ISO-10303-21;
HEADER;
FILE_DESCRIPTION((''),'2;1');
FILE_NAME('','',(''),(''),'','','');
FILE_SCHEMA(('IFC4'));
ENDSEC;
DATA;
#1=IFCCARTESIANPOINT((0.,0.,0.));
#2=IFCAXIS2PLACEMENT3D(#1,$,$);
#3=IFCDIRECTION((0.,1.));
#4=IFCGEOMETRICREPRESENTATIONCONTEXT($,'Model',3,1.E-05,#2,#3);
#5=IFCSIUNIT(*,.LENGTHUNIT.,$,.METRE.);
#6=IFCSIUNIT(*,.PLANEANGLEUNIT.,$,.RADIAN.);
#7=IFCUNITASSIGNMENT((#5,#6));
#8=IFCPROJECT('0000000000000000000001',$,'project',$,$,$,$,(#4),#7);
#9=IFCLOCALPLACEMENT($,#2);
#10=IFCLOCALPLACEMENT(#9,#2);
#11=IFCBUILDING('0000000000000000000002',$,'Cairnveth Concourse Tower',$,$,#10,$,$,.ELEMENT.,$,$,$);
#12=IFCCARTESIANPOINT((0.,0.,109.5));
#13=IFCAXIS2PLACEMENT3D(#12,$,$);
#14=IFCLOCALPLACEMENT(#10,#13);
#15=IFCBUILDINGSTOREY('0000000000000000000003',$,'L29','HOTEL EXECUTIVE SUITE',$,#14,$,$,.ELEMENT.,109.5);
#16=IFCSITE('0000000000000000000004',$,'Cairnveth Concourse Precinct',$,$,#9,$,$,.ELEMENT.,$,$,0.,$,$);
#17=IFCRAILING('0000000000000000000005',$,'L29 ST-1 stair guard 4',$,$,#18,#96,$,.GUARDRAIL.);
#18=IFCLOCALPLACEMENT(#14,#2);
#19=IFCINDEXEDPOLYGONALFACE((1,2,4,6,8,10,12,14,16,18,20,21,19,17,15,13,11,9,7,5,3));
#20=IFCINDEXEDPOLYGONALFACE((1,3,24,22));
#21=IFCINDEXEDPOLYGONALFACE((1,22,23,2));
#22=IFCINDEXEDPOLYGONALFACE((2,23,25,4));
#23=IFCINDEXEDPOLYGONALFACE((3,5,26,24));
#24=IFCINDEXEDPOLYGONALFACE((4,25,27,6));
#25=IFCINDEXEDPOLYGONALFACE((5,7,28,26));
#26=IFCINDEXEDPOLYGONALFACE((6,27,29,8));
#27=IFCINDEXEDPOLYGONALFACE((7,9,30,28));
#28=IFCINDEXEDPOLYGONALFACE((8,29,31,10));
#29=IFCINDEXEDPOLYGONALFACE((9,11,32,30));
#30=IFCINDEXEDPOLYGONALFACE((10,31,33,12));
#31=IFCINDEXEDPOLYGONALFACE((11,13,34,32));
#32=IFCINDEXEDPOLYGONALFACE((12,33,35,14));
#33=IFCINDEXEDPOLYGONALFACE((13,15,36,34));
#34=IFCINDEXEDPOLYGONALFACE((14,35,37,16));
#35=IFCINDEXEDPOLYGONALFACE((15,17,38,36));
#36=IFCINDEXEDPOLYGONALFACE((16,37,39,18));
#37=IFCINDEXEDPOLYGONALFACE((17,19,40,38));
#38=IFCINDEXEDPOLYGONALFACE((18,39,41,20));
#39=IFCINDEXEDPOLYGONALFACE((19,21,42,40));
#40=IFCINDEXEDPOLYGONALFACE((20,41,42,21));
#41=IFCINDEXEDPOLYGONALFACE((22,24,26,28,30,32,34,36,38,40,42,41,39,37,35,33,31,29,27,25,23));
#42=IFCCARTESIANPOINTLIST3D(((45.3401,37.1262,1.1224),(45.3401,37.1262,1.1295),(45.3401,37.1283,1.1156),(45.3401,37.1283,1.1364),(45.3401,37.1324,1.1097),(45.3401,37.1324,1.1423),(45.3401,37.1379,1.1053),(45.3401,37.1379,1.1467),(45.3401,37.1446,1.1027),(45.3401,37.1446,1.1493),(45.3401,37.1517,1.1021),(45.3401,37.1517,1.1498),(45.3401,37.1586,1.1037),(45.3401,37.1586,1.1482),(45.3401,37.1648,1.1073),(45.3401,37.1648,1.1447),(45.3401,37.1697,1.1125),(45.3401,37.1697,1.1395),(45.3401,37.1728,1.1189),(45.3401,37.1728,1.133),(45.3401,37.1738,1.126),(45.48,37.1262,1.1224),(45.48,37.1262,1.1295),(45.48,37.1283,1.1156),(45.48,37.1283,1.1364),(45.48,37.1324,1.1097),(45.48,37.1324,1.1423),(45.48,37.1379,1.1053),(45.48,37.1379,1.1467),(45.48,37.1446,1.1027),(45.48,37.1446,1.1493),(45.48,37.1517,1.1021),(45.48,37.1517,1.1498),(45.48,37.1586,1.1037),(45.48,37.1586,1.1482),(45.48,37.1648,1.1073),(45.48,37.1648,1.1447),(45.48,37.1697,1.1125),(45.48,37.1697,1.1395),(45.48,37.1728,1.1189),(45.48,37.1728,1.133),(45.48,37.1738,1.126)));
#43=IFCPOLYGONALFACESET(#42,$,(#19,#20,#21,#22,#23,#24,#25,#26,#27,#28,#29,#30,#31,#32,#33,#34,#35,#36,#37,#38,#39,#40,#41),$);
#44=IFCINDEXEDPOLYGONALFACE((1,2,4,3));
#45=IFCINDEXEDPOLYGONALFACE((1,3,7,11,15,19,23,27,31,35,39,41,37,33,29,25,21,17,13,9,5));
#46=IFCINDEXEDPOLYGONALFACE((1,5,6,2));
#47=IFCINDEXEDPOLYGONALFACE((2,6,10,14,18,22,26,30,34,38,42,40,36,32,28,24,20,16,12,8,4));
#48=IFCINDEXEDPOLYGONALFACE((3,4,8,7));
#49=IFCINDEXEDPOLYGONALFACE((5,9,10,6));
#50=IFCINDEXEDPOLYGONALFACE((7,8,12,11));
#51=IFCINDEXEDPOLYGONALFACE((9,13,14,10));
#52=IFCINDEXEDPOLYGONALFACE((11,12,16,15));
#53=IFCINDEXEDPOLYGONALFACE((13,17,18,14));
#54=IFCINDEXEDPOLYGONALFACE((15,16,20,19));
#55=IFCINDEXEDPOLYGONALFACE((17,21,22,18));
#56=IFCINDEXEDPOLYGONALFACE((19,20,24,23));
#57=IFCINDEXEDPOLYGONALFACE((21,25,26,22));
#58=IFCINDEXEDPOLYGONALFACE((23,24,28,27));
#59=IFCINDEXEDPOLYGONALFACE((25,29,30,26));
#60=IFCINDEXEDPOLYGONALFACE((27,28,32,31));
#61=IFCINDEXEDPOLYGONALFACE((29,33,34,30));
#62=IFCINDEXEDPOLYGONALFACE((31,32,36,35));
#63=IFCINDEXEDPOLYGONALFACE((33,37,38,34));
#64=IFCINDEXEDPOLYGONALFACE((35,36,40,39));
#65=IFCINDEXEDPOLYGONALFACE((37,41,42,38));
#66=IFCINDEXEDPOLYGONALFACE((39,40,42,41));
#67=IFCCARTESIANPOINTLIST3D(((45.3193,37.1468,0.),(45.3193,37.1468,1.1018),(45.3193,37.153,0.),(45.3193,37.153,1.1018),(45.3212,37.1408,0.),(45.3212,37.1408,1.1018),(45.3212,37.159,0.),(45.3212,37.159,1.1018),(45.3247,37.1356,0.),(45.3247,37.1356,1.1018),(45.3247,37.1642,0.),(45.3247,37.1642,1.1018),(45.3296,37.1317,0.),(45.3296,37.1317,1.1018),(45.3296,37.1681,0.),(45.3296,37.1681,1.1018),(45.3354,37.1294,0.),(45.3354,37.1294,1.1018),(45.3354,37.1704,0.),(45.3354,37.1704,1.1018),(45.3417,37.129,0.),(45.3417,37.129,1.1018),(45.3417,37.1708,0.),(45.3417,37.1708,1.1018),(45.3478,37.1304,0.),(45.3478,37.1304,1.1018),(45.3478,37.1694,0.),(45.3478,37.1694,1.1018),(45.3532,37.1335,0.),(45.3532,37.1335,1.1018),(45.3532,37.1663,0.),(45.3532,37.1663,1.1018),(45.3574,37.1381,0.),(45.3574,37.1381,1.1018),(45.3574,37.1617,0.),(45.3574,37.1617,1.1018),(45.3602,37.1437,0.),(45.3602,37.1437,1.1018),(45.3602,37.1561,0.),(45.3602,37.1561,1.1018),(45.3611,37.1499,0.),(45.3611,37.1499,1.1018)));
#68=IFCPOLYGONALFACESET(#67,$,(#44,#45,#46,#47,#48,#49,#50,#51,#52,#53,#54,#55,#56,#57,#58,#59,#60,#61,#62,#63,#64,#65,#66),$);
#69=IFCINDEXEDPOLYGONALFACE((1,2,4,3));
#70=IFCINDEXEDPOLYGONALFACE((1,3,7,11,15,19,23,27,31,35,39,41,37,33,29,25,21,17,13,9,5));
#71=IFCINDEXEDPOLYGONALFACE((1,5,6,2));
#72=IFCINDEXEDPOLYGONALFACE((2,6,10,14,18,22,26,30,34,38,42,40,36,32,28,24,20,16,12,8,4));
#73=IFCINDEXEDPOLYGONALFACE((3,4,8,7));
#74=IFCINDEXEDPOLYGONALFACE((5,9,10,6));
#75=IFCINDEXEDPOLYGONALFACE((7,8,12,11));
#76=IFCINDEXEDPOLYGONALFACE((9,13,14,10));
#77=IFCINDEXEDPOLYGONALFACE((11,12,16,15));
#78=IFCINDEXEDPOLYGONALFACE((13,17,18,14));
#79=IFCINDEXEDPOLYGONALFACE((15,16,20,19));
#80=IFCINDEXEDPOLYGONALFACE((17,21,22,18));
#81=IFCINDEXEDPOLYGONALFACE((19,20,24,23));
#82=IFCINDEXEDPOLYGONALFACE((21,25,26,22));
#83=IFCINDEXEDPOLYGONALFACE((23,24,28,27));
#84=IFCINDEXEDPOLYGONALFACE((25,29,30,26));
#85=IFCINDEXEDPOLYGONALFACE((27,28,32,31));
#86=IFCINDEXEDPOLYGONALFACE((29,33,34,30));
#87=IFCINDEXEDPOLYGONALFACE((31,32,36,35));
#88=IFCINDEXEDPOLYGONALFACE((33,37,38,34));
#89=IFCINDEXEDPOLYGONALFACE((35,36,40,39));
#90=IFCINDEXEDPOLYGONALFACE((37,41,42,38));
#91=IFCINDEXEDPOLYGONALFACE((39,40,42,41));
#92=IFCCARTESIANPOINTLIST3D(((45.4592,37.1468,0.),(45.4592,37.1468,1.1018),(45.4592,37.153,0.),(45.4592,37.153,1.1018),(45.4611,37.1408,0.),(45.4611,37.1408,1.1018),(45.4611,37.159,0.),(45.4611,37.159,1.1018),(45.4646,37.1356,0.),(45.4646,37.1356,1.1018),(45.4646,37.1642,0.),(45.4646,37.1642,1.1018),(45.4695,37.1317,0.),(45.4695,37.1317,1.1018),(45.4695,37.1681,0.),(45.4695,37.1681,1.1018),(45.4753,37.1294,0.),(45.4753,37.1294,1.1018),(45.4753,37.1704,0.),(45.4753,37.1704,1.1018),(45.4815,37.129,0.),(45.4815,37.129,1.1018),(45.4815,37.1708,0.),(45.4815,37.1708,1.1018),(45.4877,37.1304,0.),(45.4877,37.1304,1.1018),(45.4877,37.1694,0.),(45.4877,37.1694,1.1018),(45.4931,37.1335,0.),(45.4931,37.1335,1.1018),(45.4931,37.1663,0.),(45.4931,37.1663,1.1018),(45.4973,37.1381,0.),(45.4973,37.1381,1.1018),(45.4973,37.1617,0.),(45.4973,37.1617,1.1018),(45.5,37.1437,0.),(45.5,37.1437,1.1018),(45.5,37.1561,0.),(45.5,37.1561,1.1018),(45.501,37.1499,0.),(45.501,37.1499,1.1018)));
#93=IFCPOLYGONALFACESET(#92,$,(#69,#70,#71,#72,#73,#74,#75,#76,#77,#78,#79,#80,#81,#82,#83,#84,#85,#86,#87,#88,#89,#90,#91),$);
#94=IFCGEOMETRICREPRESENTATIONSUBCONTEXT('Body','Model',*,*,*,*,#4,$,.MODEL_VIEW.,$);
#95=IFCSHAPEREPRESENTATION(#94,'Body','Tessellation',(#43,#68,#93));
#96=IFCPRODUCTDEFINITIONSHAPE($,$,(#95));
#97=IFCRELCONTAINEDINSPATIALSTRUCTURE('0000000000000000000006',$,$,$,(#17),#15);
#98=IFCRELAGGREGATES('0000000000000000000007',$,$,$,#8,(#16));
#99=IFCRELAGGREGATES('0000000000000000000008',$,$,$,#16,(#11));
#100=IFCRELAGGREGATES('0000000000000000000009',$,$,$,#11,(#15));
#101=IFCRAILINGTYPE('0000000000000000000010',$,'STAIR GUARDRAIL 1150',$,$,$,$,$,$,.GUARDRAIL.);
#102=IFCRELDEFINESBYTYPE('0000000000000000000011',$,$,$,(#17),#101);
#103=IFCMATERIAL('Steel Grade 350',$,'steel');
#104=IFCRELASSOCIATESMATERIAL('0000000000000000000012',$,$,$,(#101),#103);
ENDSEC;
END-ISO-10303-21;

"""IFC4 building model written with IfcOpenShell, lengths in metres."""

from ifc_helpers import new_model, si_unit, direction, frame, origin, origin_2d, place, context, subcontext, project, spatial, circle, extrude, material, type_object, element, save


model = new_model("IFC4")

# Units and contexts
model_context = context("Model", 3, precision=1e-05, world=origin(), true_north=direction((0.0, 1.0)))
body_context = subcontext(model_context, "Body", "Model", "MODEL_VIEW")
ifc_project = project(units=[si_unit("LENGTHUNIT", "METRE"), si_unit("PLANEANGLEUNIT", "RADIAN")], contexts=[model_context])

# Site, building, storey
site_placement = place(None, origin())
site = spatial("IfcSite", under=ifc_project, at=site_placement, Name="Cairnveth Concourse Precinct", CompositionType="ELEMENT", RefElevation=0.0)
building_placement = place(site_placement, origin())
building = spatial("IfcBuilding", under=site, at=building_placement, Name="Cairnveth Concourse Tower", CompositionType="ELEMENT")
storey_placement = place(building_placement, frame((0.0, 0.0, 109.5)))
storey = spatial("IfcBuildingStorey", under=building, at=storey_placement, Name="L29", Description="HOTEL EXECUTIVE SUITE", CompositionType="ELEMENT", Elevation=109.5)

# Shared definitions
ifc_material_1 = material(Name="Steel Grade 350", Category="steel")

# Railing
railing_type_1 = type_object("IfcRailingType", Name="STAIR GUARDRAIL 1150", PredefinedType="GUARDRAIL", material=ifc_material_1)
railing_1_placement = place(storey_placement, frame((45.3401, 37.1499, 0.0)))
element("IfcRailing", 1, at=railing_1_placement, inside=storey, type_object=railing_type_1, Name="L29 ST-1 stair guard 4", PredefinedType="GUARDRAIL", context=body_context, shape_type="SweptSolid", body=[
    extrude(circle(Radius=0.0239, at=origin_2d()), frame((0.0, 0.0, 1.126), z_axis=(1.0, 0.0, 0.0), x_axis=(0.0, 1.0, 0.0)), (0.0, 0.0, 1.0), 0.1399),
    extrude(circle(Radius=0.021, at=origin_2d()), origin(), (0.0, 0.0, 1.0), 1.1018),
    extrude(circle(Radius=0.021, at=origin_2d()), frame((0.1399, 0.0, 0.0)), (0.0, 0.0, 1.0), 1.1018),
])

save(model, "model.ifc")
